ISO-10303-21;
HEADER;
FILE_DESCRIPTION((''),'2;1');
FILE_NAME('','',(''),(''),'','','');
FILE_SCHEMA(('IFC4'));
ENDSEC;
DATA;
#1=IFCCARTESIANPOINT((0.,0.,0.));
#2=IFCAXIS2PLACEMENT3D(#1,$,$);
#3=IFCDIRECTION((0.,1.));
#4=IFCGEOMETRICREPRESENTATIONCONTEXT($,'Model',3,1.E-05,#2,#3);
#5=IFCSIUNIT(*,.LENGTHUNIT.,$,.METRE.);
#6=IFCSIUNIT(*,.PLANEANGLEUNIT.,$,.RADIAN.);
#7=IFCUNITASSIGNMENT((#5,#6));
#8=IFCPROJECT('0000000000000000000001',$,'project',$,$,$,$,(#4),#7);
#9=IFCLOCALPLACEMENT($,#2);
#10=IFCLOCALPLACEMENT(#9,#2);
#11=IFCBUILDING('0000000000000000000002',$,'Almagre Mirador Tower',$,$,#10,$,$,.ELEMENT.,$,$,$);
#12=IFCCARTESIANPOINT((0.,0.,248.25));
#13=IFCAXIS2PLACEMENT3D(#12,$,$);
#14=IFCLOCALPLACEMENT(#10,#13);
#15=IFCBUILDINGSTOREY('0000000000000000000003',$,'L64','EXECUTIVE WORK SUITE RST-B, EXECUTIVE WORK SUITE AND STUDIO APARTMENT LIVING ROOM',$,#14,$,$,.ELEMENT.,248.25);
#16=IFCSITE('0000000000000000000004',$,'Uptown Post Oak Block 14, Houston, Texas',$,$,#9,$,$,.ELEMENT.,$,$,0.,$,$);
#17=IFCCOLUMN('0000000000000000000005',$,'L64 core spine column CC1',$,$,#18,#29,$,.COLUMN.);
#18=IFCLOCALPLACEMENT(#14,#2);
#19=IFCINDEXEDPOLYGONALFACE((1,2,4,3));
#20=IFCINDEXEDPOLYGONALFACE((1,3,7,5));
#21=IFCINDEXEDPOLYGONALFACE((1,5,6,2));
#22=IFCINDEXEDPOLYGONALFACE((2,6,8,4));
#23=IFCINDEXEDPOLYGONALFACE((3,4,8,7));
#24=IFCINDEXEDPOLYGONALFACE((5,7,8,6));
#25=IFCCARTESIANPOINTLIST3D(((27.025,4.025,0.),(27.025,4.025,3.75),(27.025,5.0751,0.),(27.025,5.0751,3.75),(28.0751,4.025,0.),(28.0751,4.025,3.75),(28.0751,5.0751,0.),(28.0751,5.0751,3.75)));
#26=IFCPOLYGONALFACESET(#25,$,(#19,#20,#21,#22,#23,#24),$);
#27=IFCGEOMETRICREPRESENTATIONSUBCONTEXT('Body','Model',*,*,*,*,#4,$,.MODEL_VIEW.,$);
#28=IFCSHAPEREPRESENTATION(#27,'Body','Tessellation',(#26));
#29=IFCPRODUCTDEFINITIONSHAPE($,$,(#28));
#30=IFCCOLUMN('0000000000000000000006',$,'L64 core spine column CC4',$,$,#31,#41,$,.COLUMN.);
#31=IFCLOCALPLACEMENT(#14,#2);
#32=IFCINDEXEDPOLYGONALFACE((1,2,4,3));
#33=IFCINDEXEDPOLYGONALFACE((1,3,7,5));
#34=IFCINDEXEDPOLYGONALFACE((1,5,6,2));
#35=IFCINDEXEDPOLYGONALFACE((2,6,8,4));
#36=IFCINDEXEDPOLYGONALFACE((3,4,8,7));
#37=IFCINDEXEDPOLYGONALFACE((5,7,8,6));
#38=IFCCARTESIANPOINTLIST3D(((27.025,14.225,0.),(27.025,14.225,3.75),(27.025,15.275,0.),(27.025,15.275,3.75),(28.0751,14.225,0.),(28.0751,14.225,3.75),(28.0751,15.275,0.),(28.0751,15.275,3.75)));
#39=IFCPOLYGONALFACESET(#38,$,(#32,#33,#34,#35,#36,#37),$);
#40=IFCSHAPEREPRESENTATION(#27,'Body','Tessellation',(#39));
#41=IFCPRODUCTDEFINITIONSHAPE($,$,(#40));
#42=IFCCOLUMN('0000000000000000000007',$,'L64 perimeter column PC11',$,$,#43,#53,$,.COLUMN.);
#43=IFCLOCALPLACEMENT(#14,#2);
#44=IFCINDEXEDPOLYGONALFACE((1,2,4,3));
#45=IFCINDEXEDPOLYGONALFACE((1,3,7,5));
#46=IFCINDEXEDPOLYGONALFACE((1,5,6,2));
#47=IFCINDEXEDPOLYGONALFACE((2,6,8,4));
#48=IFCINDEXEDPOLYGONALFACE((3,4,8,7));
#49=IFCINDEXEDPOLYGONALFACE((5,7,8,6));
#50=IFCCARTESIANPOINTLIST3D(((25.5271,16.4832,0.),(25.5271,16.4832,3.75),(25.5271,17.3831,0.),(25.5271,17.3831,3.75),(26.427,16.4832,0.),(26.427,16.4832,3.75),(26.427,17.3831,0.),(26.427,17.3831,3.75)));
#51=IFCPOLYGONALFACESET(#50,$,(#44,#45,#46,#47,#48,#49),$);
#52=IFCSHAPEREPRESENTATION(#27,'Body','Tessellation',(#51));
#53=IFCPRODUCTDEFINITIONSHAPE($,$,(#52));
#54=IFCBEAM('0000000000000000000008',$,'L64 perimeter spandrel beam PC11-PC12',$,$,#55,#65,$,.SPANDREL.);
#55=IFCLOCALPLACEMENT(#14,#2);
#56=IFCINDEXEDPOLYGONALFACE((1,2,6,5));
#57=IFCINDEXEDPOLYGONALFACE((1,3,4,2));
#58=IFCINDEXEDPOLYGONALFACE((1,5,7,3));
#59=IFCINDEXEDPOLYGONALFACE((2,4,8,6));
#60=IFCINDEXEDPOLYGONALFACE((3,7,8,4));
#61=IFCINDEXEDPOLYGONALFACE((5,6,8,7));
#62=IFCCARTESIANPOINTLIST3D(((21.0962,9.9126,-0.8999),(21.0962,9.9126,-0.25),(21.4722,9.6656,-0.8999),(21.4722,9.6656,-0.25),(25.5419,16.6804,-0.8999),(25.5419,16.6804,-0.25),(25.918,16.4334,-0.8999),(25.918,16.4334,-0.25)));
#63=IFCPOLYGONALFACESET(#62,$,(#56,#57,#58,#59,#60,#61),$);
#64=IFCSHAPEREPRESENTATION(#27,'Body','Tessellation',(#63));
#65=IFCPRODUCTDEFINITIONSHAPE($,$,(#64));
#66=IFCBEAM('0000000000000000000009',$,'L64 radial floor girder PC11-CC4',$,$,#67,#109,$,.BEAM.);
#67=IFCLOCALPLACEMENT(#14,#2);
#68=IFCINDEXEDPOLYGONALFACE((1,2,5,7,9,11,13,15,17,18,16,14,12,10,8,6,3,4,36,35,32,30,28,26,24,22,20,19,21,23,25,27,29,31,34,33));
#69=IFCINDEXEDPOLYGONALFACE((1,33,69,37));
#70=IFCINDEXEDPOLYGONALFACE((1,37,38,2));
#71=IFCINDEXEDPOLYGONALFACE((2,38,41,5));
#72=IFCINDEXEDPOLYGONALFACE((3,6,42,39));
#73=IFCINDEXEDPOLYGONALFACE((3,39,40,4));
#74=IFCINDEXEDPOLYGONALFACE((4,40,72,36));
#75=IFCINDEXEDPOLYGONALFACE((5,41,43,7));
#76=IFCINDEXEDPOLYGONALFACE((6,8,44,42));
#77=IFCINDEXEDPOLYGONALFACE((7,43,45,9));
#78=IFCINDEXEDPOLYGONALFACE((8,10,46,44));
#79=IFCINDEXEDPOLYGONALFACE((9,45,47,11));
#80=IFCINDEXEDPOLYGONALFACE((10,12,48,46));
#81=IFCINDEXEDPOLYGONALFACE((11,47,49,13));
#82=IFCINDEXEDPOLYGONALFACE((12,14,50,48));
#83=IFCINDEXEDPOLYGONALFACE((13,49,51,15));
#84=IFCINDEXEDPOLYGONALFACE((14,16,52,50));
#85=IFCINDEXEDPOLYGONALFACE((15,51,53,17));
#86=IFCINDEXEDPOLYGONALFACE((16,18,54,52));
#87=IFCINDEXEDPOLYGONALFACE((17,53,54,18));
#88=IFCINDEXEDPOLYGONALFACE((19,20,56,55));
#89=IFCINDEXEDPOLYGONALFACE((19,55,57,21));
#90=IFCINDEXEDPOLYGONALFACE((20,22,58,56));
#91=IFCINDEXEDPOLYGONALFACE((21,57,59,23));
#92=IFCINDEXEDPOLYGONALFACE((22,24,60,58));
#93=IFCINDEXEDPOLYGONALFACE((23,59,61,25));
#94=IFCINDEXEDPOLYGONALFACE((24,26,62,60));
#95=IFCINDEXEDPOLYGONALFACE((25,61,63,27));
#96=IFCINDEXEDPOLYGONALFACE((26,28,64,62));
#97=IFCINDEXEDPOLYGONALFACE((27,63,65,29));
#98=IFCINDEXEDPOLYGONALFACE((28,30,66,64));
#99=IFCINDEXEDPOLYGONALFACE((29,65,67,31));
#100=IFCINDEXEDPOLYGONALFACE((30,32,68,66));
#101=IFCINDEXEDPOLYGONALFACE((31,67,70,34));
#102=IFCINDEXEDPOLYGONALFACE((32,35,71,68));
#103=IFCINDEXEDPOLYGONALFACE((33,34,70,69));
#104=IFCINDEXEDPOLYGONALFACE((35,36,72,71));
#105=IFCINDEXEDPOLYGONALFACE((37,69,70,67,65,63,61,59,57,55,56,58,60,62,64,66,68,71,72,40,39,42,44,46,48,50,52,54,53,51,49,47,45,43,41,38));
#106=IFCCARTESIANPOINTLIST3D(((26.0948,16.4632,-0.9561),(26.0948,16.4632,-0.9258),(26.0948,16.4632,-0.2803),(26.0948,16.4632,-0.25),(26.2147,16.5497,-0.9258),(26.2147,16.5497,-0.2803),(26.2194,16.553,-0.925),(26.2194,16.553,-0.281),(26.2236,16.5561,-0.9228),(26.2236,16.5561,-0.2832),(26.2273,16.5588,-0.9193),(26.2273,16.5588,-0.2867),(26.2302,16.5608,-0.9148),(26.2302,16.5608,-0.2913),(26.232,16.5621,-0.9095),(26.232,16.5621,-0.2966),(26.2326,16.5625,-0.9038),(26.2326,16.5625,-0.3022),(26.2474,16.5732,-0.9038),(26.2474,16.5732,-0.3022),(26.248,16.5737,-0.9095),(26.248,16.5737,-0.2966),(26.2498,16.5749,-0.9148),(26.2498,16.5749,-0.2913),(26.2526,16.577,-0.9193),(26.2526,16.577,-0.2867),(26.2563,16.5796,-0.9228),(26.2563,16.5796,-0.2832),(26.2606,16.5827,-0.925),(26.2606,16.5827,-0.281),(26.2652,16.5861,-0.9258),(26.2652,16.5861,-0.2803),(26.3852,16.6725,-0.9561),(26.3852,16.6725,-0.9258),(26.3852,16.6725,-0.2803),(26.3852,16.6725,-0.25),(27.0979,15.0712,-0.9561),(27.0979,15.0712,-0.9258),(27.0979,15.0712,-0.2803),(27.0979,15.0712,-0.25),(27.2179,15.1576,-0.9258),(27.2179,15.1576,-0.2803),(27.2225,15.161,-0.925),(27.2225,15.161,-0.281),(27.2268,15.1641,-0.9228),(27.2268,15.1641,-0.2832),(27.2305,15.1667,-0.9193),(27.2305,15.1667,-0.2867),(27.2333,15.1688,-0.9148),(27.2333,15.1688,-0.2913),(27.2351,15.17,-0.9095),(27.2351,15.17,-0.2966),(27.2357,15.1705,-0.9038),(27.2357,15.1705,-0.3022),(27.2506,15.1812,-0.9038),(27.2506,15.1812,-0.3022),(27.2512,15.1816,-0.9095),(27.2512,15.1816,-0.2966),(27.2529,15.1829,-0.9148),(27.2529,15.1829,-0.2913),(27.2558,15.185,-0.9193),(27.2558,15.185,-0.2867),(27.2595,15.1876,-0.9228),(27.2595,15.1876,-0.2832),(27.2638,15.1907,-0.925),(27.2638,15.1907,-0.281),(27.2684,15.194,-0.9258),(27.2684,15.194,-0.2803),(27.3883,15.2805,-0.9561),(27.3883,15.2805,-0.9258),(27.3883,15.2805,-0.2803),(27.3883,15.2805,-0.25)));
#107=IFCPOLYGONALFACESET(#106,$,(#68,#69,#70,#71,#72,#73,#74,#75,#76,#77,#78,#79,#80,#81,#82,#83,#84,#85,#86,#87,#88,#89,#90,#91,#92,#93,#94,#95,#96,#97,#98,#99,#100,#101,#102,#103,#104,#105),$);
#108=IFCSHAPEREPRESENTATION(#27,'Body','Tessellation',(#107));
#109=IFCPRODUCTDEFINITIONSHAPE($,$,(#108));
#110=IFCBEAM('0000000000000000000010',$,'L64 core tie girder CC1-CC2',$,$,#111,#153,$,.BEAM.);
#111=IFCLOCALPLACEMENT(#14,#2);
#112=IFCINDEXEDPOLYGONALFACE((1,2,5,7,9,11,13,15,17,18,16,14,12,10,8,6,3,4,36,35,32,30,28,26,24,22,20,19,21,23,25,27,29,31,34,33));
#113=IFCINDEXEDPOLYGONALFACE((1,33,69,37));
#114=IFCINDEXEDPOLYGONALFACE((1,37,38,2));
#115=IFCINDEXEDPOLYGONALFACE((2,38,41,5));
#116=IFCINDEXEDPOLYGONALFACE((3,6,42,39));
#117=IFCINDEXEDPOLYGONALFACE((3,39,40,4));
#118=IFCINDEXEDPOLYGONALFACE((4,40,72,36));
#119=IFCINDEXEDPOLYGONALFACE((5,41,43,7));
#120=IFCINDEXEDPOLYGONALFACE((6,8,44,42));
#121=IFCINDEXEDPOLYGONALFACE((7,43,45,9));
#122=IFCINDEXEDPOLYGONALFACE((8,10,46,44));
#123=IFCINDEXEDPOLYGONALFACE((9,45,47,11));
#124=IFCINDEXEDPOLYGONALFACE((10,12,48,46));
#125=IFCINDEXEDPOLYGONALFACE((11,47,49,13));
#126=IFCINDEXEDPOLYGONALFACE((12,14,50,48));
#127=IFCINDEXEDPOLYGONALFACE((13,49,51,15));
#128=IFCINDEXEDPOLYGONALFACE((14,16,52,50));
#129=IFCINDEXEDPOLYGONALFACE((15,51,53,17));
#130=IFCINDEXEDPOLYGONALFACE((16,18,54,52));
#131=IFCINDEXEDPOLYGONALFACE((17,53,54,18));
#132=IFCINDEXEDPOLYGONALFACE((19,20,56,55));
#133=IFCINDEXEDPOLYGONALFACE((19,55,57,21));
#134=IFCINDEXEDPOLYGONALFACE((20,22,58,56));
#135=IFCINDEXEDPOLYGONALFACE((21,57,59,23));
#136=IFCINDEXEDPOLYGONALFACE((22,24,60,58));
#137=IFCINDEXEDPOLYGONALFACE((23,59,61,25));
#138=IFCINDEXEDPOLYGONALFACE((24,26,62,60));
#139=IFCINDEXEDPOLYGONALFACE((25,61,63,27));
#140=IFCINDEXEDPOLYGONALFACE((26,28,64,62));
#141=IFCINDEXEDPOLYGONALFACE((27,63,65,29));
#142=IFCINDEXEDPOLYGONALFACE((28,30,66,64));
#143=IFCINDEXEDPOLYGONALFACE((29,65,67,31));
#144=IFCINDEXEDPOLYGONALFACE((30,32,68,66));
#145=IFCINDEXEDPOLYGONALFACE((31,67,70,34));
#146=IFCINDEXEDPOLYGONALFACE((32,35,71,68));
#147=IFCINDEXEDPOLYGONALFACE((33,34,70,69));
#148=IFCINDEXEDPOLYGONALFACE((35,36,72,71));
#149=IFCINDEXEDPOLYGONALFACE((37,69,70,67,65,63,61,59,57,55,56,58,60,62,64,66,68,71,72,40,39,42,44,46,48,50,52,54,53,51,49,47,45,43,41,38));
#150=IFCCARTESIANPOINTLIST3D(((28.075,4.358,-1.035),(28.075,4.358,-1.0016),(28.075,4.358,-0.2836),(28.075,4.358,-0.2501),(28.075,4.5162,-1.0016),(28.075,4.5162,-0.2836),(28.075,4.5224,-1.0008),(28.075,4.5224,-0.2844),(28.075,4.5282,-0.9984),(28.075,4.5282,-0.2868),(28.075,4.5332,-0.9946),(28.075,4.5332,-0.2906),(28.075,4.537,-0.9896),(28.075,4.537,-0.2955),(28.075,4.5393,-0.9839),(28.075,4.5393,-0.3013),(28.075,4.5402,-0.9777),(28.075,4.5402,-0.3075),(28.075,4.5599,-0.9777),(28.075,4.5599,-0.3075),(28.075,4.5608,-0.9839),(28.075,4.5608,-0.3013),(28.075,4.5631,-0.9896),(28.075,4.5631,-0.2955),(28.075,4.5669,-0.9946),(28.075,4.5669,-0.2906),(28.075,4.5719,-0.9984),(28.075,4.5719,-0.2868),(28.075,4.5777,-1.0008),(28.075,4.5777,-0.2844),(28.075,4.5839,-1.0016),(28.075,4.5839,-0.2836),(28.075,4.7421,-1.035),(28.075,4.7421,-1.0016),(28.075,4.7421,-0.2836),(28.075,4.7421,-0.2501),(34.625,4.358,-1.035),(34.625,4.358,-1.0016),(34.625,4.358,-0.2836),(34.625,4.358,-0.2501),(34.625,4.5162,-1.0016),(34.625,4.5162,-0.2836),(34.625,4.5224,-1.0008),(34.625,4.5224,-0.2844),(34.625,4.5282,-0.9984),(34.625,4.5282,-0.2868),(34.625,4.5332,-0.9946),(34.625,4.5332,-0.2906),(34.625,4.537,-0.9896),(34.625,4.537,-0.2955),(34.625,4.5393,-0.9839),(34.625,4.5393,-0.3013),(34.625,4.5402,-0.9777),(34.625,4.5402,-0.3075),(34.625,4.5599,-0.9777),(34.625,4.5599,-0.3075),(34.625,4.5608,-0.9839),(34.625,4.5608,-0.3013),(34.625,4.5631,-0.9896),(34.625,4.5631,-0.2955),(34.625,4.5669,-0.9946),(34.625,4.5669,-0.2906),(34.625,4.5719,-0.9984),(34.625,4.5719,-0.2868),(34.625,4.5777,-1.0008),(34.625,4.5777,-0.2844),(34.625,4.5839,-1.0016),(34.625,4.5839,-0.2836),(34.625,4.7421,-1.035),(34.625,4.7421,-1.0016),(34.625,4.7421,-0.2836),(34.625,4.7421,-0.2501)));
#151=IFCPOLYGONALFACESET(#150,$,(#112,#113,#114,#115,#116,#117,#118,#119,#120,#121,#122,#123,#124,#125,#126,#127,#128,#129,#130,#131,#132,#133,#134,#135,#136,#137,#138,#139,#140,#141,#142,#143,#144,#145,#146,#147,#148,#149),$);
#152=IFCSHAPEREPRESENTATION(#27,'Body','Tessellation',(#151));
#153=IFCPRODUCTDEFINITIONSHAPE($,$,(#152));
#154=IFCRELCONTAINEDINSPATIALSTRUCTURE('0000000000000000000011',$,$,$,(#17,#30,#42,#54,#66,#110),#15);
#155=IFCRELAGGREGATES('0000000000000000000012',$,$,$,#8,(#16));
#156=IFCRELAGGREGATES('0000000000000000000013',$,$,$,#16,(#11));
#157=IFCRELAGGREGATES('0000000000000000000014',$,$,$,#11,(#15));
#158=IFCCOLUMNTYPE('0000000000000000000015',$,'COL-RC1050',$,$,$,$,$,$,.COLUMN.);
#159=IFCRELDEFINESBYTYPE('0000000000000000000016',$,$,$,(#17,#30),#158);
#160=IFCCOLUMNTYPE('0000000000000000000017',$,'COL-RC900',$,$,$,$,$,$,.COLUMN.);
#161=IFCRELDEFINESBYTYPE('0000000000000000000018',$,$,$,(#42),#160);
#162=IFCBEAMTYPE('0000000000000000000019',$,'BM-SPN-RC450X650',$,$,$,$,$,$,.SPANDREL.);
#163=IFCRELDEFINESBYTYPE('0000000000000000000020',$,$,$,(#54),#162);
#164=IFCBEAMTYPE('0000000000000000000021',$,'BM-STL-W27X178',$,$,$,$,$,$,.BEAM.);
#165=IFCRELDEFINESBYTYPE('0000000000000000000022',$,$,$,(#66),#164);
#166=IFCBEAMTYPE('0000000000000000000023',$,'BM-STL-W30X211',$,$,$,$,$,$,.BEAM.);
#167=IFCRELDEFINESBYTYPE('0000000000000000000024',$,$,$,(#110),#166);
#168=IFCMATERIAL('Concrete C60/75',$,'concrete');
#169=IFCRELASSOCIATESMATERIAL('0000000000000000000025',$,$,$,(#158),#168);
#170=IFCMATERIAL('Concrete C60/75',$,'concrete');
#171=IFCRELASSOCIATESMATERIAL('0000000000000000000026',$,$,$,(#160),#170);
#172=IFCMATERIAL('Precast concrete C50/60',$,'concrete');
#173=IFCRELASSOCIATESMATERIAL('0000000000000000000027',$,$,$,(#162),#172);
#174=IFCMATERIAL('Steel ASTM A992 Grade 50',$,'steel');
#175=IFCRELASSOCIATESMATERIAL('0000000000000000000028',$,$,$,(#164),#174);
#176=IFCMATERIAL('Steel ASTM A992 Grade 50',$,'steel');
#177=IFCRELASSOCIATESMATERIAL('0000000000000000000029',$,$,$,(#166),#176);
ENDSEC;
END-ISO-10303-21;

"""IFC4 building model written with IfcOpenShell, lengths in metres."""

from ifc_helpers import new_model, si_unit, direction, frame, origin, origin_2d, place, context, subcontext, project, spatial, rectangle, i_section, extrude, material, material_profile, profile_set, type_object, element, save


model = new_model("IFC4")

# Units and contexts
model_context = context("Model", 3, precision=1e-05, world=origin(), true_north=direction((0.0, 1.0)))
body_context = subcontext(model_context, "Body", "Model", "MODEL_VIEW")
ifc_project = project(units=[si_unit("LENGTHUNIT", "METRE"), si_unit("PLANEANGLEUNIT", "RADIAN")], contexts=[model_context])

# Site, building, storey
site_placement = place(None, origin())
site = spatial("IfcSite", under=ifc_project, at=site_placement, Name="Uptown Post Oak Block 14, Houston, Texas", CompositionType="ELEMENT", RefElevation=0.0)
building_placement = place(site_placement, origin())
building = spatial("IfcBuilding", under=site, at=building_placement, Name="Almagre Mirador Tower", CompositionType="ELEMENT")
storey_placement = place(building_placement, frame((0.0, 0.0, 248.25)))
storey = spatial("IfcBuildingStorey", under=building, at=storey_placement, Name="L64", Description="EXECUTIVE WORK SUITE RST-B, EXECUTIVE WORK SUITE AND STUDIO APARTMENT LIVING ROOM", CompositionType="ELEMENT", Elevation=248.25)

# Columns
ifc_material_1 = material(Name="Concrete C60/75", Category="concrete")
ifc_material_profile_1 = material_profile(ifc_material_1, rectangle(XDim=1.05, YDim=1.05, at=origin_2d()), Name="RC1050X1050")
ifc_profile_set_1 = profile_set([ifc_material_profile_1], Name="Concrete C60/75")
column_type_1 = type_object("IfcColumnType", Name="COL-RC1050", PredefinedType="COLUMN", material=ifc_profile_set_1)
for number, where, z_axis, x_axis, name in (
    (1, (27.55, 4.55, 0.0), (0.0, 0.0, 1.0), (1.0, 0.0, 0.0), "L64 core spine column CC1"),
    (2, (27.55, 14.75, 0.0), (0.0, 0.0, 1.0), (1.0, 0.0, 0.0), "L64 core spine column CC4"),
):
    element("IfcColumn", number, at=place(storey_placement, frame(where, z_axis=z_axis, x_axis=x_axis)), inside=storey, type_object=column_type_1, Name=name, PredefinedType="COLUMN", context=body_context, shape_type="SweptSolid", body=[
        extrude(rectangle(XDim=1.05, YDim=1.05, at=origin_2d()), origin(), (0.0, 0.0, 1.0), 3.75),
    ])
ifc_material_2 = material(Name="Concrete C60/75", Category="concrete")
ifc_material_profile_2 = material_profile(ifc_material_2, rectangle(XDim=0.8999, YDim=0.8999, at=origin_2d()), Name="RC900X900")
ifc_profile_set_2 = profile_set([ifc_material_profile_2], Name="Concrete C60/75")
column_type_2 = type_object("IfcColumnType", Name="COL-RC900", PredefinedType="COLUMN", material=ifc_profile_set_2)
column_placement = place(storey_placement, frame((25.9771, 16.9331, 0.0), z_axis=(0.0, 0.0, 1.0), x_axis=(1.0, 0.0, 0.0)))
element("IfcColumn", 3, at=column_placement, inside=storey, type_object=column_type_2, Name="L64 perimeter column PC11", PredefinedType="COLUMN", context=body_context, shape_type="SweptSolid", body=[
    extrude(rectangle(XDim=0.8999, YDim=0.8999, at=origin_2d()), origin(), (0.0, 0.0, 1.0), 3.75),
])

# Beams
ifc_material_3 = material(Name="Precast concrete C50/60", Category="concrete")
ifc_material_profile_3 = material_profile(ifc_material_3, rectangle(XDim=0.45, YDim=0.6499, at=origin_2d()), Name="RC450X650")
ifc_profile_set_3 = profile_set([ifc_material_profile_3], Name="Precast concrete C50/60")
beam_type_1 = type_object("IfcBeamType", Name="BM-SPN-RC450X650", PredefinedType="SPANDREL", material=ifc_profile_set_3)
beam_1_placement = place(storey_placement, frame((25.73, 16.5569, -0.575), z_axis=(-0.549038, -0.835798, 0.0), x_axis=(0.835798, -0.549038, 0.0)))
element("IfcBeam", 4, at=beam_1_placement, inside=storey, type_object=beam_type_1, Name="L64 perimeter spandrel beam PC11-PC12", PredefinedType="SPANDREL", context=body_context, shape_type="SweptSolid", body=[
    extrude(rectangle(XDim=0.45, YDim=0.6499, at=origin_2d()), origin(), (0.0, 0.0, 1.0), 8.0974),
])
ifc_material_4 = material(Name="Steel ASTM A992 Grade 50", Category="steel")
ifc_material_profile_4 = material_profile(ifc_material_4, i_section(OverallWidth=0.3579, OverallDepth=0.7061, WebThickness=0.0183, FlangeThickness=0.0303, FilletRadius=0.022, at=origin_2d()), Name="W27X178")
ifc_profile_set_4 = profile_set([ifc_material_profile_4], Name="Steel ASTM A992 Grade 50")
beam_type_2 = type_object("IfcBeamType", Name="BM-STL-W27X178", PredefinedType="BEAM", material=ifc_profile_set_4)
beam_2_placement = place(storey_placement, frame((26.24, 16.5679, -0.603), z_axis=(0.584638, -0.811294, 0.0), x_axis=(0.811294, 0.584638, 0.0)))
element("IfcBeam", 5, at=beam_2_placement, inside=storey, type_object=beam_type_2, Name="L64 radial floor girder PC11-CC4", PredefinedType="BEAM", context=body_context, shape_type="SweptSolid", body=[
    extrude(i_section(OverallWidth=0.3579, OverallDepth=0.7061, WebThickness=0.0183, FlangeThickness=0.0303, FilletRadius=0.022, at=origin_2d()), origin(), (0.0, 0.0, 1.0), 1.7158),
])
ifc_material_5 = material(Name="Steel ASTM A992 Grade 50", Category="steel")
ifc_material_profile_5 = material_profile(ifc_material_5, i_section(OverallWidth=0.384, OverallDepth=0.7849, WebThickness=0.0198, FlangeThickness=0.0334, FilletRadius=0.0239, at=origin_2d()), Name="W30X211")
ifc_profile_set_5 = profile_set([ifc_material_profile_5], Name="Steel ASTM A992 Grade 50")
beam_type_3 = type_object("IfcBeamType", Name="BM-STL-W30X211", PredefinedType="BEAM", material=ifc_profile_set_5)
for number, where, z_axis, x_axis, name in (
    (6, (28.075, 4.55, -0.6426), (1.0, 0.0, 0.0), (0.0, 1.0, 0.0), "L64 core tie girder CC1-CC2"),
):
    element("IfcBeam", number, at=place(storey_placement, frame(where, z_axis=z_axis, x_axis=x_axis)), inside=storey, type_object=beam_type_3, Name=name, PredefinedType="BEAM", context=body_context, shape_type="SweptSolid", body=[
        extrude(i_section(OverallWidth=0.384, OverallDepth=0.7849, WebThickness=0.0198, FlangeThickness=0.0334, FilletRadius=0.0239, at=origin_2d()), origin(), (0.0, 0.0, 1.0), 6.55),
    ])

save(model, "model.ifc")
